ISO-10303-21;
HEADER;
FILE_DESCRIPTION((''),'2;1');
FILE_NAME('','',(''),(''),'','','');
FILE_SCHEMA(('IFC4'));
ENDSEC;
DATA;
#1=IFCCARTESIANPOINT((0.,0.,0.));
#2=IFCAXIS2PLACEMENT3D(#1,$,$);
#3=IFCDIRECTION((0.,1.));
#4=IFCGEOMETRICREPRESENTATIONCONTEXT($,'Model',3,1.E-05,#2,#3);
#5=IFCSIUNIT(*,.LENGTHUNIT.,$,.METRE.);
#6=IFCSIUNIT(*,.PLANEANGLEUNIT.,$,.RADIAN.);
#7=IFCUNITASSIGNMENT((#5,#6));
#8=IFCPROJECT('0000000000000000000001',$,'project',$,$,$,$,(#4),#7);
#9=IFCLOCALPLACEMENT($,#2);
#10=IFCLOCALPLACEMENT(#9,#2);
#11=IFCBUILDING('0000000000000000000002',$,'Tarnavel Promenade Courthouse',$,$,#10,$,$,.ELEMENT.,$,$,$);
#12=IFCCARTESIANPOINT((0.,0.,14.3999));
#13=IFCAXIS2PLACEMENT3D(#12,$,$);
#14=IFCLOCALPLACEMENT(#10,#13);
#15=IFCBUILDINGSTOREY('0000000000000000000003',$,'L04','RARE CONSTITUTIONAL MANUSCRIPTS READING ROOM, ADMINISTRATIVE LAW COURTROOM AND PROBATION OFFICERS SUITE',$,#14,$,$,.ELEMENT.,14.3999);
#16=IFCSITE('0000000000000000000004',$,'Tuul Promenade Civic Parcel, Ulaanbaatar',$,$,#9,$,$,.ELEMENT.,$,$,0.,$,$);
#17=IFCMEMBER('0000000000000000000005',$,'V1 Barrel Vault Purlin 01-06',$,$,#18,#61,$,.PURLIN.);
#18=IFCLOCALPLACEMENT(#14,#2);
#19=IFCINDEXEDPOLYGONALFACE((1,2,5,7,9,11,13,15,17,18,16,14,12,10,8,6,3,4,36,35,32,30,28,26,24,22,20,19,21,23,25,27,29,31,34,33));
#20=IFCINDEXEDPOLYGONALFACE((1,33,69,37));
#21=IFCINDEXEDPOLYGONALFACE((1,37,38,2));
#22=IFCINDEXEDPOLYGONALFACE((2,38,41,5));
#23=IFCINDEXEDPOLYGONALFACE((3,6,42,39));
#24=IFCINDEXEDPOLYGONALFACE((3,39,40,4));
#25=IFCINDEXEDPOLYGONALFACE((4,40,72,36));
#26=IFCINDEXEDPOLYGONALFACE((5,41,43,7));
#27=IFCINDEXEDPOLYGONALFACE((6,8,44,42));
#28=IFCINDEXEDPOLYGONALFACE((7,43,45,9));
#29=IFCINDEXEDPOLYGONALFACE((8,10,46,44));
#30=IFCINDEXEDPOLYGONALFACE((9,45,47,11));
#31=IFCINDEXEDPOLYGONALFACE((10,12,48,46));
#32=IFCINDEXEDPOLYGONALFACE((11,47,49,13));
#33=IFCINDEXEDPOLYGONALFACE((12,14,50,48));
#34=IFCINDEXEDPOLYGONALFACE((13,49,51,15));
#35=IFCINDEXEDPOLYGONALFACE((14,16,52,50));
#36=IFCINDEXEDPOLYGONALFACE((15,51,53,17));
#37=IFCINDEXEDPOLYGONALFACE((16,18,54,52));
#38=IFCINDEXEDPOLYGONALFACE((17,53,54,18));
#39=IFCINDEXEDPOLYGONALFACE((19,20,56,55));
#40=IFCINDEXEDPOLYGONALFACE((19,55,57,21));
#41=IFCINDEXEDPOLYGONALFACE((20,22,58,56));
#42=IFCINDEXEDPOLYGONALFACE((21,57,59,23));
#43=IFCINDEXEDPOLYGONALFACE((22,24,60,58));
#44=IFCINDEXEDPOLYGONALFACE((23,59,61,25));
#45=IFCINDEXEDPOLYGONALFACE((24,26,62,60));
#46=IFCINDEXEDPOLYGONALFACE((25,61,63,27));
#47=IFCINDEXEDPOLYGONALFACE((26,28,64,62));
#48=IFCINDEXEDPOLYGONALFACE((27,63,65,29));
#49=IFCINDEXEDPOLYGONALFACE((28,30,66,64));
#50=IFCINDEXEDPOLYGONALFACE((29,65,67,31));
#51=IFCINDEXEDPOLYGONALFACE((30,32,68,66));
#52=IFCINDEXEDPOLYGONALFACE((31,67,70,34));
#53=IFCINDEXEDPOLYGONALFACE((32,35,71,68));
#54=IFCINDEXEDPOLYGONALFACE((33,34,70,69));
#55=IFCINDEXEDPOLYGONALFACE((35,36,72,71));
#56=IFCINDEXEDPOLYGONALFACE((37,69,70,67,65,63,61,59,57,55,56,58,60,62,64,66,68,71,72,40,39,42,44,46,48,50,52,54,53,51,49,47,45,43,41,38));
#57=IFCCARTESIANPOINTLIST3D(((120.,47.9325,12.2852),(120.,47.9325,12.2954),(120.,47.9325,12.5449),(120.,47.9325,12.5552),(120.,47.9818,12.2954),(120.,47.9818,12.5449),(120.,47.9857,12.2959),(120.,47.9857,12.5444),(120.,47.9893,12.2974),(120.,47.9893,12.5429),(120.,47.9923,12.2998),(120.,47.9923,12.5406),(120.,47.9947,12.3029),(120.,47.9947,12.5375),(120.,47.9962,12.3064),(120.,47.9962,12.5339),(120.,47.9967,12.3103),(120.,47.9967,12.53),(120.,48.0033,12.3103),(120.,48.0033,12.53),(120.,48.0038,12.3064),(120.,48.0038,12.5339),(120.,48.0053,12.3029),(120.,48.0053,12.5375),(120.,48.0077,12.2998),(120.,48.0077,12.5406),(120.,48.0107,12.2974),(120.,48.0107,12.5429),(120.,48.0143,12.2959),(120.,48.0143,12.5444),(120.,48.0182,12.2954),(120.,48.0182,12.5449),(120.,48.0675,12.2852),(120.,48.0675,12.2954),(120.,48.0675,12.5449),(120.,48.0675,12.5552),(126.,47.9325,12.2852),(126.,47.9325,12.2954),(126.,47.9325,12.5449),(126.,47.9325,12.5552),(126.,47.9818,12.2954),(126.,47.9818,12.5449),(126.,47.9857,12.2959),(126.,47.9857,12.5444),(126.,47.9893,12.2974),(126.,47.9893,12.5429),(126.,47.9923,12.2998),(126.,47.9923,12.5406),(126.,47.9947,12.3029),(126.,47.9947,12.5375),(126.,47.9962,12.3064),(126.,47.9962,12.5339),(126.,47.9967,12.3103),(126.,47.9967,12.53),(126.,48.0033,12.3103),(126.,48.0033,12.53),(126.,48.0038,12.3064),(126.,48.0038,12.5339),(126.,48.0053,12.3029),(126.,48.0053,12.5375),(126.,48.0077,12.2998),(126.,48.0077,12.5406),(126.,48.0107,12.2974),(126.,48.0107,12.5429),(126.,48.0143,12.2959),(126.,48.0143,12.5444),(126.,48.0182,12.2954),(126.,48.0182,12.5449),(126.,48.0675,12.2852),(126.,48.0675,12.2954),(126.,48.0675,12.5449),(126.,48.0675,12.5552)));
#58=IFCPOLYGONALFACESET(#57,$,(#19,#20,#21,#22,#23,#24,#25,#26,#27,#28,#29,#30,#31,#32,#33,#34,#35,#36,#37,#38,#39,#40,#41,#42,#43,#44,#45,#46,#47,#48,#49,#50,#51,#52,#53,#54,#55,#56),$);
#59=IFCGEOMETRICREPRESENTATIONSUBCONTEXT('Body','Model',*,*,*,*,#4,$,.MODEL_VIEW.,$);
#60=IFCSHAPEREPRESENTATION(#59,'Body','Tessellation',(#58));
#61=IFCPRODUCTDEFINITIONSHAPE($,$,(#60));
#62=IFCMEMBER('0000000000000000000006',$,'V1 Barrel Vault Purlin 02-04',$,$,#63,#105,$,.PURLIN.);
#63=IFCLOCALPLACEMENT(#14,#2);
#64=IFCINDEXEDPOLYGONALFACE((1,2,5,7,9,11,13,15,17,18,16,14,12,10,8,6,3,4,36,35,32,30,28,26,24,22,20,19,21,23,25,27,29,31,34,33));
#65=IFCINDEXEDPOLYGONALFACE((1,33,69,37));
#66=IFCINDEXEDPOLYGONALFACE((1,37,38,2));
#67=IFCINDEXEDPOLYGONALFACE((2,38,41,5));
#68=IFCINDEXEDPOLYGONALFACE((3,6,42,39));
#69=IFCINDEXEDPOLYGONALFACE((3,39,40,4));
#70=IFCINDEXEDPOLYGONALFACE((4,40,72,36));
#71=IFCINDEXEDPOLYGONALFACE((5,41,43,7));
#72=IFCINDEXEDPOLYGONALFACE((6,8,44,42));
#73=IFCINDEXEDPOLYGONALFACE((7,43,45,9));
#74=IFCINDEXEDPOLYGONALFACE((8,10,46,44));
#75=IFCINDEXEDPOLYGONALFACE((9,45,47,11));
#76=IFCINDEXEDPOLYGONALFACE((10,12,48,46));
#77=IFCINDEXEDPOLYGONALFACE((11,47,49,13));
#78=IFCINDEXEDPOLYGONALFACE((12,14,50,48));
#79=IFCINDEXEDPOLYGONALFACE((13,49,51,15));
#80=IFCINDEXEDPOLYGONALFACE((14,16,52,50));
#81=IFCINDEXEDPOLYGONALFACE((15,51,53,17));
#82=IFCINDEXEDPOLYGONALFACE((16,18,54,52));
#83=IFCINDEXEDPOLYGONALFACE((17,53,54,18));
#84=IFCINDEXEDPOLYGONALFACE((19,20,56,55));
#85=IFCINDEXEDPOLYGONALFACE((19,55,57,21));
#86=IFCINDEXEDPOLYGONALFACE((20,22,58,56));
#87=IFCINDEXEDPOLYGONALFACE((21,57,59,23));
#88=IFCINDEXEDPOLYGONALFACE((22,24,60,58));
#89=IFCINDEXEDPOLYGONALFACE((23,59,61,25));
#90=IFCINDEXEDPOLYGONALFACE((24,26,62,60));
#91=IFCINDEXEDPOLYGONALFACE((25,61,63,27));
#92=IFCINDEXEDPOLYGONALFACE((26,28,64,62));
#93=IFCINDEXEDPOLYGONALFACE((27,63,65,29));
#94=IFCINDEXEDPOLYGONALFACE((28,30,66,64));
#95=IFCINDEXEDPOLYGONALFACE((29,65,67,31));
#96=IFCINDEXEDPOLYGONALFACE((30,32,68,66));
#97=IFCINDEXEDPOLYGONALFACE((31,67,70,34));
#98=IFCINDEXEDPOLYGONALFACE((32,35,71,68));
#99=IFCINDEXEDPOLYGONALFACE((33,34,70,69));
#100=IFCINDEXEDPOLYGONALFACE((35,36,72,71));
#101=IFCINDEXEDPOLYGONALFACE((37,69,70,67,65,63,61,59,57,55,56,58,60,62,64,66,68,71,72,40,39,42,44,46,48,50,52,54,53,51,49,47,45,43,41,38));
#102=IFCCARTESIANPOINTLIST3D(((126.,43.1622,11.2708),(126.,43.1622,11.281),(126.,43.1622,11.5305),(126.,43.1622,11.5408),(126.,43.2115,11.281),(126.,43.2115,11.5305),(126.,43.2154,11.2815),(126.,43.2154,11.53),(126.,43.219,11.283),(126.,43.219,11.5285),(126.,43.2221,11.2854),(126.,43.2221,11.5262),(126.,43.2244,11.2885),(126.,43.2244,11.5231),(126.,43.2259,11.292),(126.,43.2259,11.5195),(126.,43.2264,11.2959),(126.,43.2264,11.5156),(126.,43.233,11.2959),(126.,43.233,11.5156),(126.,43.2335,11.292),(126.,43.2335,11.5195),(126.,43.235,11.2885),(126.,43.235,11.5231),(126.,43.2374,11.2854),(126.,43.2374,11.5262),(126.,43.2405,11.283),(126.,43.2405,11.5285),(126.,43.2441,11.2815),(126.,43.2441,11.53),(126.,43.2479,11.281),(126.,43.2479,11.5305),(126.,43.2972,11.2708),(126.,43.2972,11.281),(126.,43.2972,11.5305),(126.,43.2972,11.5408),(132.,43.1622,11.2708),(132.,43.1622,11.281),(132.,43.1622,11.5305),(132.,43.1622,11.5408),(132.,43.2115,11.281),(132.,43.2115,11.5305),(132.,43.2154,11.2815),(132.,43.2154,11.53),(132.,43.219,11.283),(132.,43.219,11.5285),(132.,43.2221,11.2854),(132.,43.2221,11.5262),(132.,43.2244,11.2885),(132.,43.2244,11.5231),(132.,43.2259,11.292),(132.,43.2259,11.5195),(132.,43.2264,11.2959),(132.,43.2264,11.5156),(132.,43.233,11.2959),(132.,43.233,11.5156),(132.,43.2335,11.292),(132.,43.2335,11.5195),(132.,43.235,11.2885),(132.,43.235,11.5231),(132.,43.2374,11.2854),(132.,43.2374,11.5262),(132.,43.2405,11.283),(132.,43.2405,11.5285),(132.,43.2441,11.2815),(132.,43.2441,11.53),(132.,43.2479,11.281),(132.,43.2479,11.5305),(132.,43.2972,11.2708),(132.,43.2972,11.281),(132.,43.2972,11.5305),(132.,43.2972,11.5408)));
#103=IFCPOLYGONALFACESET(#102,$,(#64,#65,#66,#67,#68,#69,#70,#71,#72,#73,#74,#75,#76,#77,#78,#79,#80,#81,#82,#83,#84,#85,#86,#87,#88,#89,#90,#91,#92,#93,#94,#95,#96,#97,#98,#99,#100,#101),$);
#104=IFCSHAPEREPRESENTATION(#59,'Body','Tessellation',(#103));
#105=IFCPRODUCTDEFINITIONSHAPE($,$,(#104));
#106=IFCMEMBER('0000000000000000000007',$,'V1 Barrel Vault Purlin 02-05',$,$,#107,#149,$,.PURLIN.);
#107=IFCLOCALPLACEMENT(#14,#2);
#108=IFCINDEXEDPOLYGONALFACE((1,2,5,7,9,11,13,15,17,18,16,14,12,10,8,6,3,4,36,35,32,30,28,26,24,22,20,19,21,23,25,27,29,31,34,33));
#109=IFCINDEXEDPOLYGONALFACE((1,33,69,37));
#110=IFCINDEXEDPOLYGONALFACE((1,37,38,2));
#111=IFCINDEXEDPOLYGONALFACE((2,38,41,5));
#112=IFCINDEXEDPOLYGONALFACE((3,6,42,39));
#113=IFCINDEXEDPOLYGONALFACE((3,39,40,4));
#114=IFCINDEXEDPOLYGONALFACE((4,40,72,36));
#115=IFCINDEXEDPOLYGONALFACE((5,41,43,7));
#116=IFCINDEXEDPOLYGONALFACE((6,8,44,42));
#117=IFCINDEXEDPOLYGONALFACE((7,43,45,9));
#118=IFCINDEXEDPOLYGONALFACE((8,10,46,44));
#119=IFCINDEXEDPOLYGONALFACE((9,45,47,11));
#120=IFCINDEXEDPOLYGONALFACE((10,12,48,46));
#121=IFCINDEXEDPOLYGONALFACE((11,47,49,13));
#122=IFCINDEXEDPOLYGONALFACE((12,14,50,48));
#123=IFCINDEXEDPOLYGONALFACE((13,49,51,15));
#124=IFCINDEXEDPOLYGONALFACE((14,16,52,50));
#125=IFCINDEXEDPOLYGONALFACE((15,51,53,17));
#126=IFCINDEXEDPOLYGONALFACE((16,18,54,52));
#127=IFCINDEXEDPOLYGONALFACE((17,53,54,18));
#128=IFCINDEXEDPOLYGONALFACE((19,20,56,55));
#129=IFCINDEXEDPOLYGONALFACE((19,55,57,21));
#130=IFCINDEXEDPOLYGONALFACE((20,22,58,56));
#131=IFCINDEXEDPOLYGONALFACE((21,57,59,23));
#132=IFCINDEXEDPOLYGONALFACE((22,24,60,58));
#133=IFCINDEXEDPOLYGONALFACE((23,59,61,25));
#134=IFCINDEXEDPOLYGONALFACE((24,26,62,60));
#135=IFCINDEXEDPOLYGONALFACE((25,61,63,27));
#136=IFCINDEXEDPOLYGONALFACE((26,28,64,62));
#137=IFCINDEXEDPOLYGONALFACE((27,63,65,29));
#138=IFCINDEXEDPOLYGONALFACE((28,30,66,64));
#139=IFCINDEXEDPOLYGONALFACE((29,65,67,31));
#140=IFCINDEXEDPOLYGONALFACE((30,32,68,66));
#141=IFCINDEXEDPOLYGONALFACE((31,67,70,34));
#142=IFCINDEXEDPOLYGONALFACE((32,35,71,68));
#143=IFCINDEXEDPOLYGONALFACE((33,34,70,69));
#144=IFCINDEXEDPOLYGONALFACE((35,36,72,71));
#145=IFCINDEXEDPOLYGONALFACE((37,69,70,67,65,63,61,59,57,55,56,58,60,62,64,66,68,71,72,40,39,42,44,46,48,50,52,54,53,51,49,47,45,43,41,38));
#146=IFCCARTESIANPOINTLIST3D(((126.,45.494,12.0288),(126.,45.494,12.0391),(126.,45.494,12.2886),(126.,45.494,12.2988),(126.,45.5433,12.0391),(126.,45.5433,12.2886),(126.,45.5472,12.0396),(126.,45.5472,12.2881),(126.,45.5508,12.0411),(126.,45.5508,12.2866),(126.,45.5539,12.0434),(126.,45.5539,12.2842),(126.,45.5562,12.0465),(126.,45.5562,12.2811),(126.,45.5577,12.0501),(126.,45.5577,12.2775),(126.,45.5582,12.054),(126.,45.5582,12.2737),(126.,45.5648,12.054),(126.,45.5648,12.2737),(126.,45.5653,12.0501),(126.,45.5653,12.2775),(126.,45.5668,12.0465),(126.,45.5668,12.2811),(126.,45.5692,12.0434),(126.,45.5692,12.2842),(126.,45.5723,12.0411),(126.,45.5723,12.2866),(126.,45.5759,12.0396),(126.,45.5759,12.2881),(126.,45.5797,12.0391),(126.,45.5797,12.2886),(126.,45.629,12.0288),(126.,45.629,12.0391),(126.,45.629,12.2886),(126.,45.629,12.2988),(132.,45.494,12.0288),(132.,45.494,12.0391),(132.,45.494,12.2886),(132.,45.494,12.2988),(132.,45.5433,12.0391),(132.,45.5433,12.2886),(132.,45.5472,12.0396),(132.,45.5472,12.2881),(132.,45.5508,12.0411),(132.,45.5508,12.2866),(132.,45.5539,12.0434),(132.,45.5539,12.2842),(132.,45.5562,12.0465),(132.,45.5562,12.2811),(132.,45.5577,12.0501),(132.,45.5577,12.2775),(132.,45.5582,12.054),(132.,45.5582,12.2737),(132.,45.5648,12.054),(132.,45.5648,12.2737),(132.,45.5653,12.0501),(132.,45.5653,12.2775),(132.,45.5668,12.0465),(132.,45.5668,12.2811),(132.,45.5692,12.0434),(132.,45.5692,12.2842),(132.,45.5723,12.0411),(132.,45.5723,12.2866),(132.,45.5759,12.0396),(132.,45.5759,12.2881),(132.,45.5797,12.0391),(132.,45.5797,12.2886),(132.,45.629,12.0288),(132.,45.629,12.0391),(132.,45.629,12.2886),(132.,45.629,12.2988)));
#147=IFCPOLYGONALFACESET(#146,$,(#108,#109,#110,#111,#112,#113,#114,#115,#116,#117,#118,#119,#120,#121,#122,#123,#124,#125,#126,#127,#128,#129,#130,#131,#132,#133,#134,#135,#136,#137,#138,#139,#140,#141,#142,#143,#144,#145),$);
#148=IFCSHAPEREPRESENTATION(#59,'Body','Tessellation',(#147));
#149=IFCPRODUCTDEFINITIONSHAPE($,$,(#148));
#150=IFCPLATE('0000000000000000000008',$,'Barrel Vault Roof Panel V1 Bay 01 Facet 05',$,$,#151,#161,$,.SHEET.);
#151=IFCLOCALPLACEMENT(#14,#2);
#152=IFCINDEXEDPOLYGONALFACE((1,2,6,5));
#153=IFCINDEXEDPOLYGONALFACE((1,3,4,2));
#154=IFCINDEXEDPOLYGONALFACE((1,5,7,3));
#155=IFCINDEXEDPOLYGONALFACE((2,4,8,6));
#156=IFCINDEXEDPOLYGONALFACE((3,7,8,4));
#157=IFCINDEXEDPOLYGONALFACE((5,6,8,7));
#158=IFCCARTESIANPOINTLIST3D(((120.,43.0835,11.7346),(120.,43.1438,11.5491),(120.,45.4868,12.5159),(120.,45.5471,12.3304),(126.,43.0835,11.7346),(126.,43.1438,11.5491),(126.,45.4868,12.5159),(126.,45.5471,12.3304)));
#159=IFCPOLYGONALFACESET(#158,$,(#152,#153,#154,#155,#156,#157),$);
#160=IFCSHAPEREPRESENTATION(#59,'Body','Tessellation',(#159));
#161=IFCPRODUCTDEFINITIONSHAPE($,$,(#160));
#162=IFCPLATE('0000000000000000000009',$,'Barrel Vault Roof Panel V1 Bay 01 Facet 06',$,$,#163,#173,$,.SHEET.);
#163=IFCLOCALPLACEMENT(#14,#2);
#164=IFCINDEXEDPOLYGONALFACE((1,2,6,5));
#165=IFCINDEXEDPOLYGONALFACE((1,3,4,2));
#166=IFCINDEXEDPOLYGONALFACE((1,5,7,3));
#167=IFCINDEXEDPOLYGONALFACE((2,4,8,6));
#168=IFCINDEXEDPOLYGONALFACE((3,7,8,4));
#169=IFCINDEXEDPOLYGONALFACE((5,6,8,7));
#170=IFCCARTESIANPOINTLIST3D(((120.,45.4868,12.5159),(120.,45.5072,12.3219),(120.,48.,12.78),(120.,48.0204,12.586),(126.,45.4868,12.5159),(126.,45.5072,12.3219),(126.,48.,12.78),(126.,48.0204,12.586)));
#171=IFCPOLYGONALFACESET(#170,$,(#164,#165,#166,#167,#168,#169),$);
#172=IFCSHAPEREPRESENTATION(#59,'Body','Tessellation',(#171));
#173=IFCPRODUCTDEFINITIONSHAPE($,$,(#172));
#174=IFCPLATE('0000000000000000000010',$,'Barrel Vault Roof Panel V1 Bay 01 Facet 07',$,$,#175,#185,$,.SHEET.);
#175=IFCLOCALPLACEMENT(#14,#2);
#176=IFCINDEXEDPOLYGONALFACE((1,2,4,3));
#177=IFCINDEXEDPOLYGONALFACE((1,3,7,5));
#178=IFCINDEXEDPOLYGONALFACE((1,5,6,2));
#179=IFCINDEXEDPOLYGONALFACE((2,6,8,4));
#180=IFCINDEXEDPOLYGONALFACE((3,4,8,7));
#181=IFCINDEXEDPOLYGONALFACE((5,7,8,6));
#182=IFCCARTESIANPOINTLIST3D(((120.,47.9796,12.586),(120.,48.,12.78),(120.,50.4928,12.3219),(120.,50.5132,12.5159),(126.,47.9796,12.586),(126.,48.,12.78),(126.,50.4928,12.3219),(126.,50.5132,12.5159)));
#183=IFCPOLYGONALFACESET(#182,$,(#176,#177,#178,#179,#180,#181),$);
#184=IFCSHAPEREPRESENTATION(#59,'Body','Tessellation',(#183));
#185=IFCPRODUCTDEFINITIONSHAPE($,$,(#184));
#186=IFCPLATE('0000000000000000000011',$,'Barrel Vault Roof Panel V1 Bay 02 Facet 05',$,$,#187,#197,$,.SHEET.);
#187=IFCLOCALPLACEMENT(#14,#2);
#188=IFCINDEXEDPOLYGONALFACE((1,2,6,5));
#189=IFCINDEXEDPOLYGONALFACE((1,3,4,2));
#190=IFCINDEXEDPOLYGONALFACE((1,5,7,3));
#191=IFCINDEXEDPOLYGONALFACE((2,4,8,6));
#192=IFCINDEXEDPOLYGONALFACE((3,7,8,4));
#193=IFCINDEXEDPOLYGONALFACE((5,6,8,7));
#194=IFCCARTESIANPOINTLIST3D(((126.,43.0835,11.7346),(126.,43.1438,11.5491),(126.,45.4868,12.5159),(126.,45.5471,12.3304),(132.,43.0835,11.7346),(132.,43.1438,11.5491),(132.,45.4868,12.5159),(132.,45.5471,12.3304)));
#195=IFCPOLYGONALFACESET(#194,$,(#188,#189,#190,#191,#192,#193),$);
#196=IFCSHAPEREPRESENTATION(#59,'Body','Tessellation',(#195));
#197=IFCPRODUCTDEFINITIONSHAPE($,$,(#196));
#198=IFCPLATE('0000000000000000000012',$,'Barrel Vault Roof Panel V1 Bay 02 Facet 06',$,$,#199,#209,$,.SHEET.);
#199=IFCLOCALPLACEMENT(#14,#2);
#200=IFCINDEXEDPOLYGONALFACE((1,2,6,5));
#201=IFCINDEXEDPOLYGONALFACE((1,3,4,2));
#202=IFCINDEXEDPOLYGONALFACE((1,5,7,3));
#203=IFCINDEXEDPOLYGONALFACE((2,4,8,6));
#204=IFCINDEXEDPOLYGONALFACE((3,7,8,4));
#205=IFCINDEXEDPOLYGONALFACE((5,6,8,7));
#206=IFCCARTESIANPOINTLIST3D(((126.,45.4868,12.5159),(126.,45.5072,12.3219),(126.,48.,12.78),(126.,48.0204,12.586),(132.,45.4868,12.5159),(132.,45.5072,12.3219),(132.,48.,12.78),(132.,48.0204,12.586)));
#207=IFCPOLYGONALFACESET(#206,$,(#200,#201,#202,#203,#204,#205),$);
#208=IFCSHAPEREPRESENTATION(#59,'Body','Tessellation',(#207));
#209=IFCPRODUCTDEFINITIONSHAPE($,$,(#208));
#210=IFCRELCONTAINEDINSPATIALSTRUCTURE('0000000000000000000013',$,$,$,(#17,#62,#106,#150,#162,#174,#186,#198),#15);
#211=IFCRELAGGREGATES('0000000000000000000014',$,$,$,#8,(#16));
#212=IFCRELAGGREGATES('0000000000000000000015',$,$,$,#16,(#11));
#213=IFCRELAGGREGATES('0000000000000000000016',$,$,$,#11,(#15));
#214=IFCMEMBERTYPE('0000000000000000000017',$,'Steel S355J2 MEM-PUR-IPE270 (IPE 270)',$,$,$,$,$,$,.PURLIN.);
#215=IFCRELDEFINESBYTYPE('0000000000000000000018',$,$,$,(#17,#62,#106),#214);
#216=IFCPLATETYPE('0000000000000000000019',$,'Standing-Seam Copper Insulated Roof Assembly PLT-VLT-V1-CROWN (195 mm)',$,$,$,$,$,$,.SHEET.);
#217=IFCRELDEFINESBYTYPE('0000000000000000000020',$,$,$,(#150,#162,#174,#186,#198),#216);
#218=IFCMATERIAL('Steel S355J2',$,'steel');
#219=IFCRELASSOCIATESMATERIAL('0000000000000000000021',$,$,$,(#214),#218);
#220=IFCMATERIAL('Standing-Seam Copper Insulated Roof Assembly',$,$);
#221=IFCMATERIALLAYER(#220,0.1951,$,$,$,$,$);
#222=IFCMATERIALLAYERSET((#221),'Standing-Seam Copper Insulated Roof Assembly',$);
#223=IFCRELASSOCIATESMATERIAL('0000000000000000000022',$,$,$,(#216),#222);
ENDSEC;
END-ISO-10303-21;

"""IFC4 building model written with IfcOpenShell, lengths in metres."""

from ifc_helpers import new_model, si_unit, direction, frame, origin, origin_2d, place, context, subcontext, project, spatial, polyline, i_section, outline, extrude, material, layer, layer_set, material_profile, profile_set, type_object, element, save


model = new_model("IFC4")

# Units and contexts
model_context = context("Model", 3, precision=1e-05, world=origin(), true_north=direction((0.0, 1.0)))
body_context = subcontext(model_context, "Body", "Model", "MODEL_VIEW")
ifc_project = project(units=[si_unit("LENGTHUNIT", "METRE"), si_unit("PLANEANGLEUNIT", "RADIAN")], contexts=[model_context])

# Site, building, storey
site_placement = place(None, origin())
site = spatial("IfcSite", under=ifc_project, at=site_placement, Name="Tuul Promenade Civic Parcel, Ulaanbaatar", CompositionType="ELEMENT", RefElevation=0.0)
building_placement = place(site_placement, origin())
building = spatial("IfcBuilding", under=site, at=building_placement, Name="Tarnavel Promenade Courthouse", CompositionType="ELEMENT")
storey_placement = place(building_placement, frame((0.0, 0.0, 14.3999)))
storey = spatial("IfcBuildingStorey", under=building, at=storey_placement, Name="L04", Description="RARE CONSTITUTIONAL MANUSCRIPTS READING ROOM, ADMINISTRATIVE LAW COURTROOM AND PROBATION OFFICERS SUITE", CompositionType="ELEMENT", Elevation=14.3999)

# Shared definitions
ifc_material_1 = material(Name="Steel S355J2", Category="steel")

# Members
ifc_material_profile_1 = material_profile(ifc_material_1, i_section(OverallWidth=0.135, OverallDepth=0.27, WebThickness=0.0066, FlangeThickness=0.0103, FilletRadius=0.0149, at=origin_2d()), Name="IPE 270")
ifc_profile_set_1 = profile_set([ifc_material_profile_1], Name="Steel S355J2")
member_type_1 = type_object("IfcMemberType", Name="Steel S355J2 MEM-PUR-IPE270 (IPE 270)", PredefinedType="PURLIN", material=ifc_profile_set_1)
for number, where, z_axis, x_axis, name in (
    (1, (120.0, 48.0, 12.4202), (1.0, 0.0, 0.0), (0.0, 1.0, 0.0), "V1 Barrel Vault Purlin 01-06"),
    (2, (126.0, 43.2297, 11.4058), (1.0, 0.0, 0.0), (0.0, 1.0, 0.0), "V1 Barrel Vault Purlin 02-04"),
    (3, (126.0, 45.5615, 12.1638), (1.0, 0.0, 0.0), (0.0, 1.0, 0.0), "V1 Barrel Vault Purlin 02-05"),
):
    element("IfcMember", number, at=place(storey_placement, frame(where, z_axis=z_axis, x_axis=x_axis)), inside=storey, type_object=member_type_1, Name=name, PredefinedType="PURLIN", context=body_context, shape_type="SweptSolid", body=[
        extrude(i_section(OverallWidth=0.135, OverallDepth=0.27, WebThickness=0.0066, FlangeThickness=0.0103, FilletRadius=0.0149, at=origin_2d()), origin(), (0.0, 0.0, 1.0), 6.0),
    ])

# Plates
ifc_material_2 = material(Name="Standing-Seam Copper Insulated Roof Assembly")
ifc_layer = layer(ifc_material_2, 0.1951)
ifc_layer_set = layer_set([ifc_layer], Name="Standing-Seam Copper Insulated Roof Assembly")
plate_type = type_object("IfcPlateType", Name="Standing-Seam Copper Insulated Roof Assembly PLT-VLT-V1-CROWN (195 mm)", PredefinedType="SHEET", material=ifc_layer_set)
plate_1_placement = place(storey_placement, frame((120.0, 43.0835, 11.7346), z_axis=(0.0, -0.309147, 0.951014), x_axis=(1.0, 0.0, 0.0)))
element("IfcPlate", 4, at=plate_1_placement, inside=storey, type_object=plate_type, Name="Barrel Vault Roof Panel V1 Bay 01 Facet 05", PredefinedType="SHEET", context=body_context, shape_type="SweptSolid", body=[
    extrude(outline(polyline([(0.0, 0.0), (6.0, 0.0), (6.0, 2.5271), (0.0, 2.5271), (0.0, 0.0)])), origin(), (0.0, 0.0, -1.0), 0.1951),
])
for number, where, z_axis, x_axis, name in (
    (5, (120.0, 45.4868, 12.5159), (0.0, -0.104534, 0.994521), (1.0, 0.0, 0.0), "Barrel Vault Roof Panel V1 Bay 01 Facet 06"),
    (6, (120.0, 48.0, 12.78), (0.0, 0.104534, 0.994521), (1.0, 0.0, 0.0), "Barrel Vault Roof Panel V1 Bay 01 Facet 07"),
):
    element("IfcPlate", number, at=place(storey_placement, frame(where, z_axis=z_axis, x_axis=x_axis)), inside=storey, type_object=plate_type, Name=name, PredefinedType="SHEET", context=body_context, shape_type="SweptSolid", body=[
        extrude(outline(polyline([(0.0, 0.0), (6.0, 0.0), (6.0, 2.527), (0.0, 2.527), (0.0, 0.0)])), origin(), (0.0, 0.0, -1.0), 0.1951),
    ])
plate_2_placement = place(storey_placement, frame((126.0, 43.0835, 11.7346), z_axis=(0.0, -0.309147, 0.951014), x_axis=(1.0, 0.0, 0.0)))
element("IfcPlate", 7, at=plate_2_placement, inside=storey, type_object=plate_type, Name="Barrel Vault Roof Panel V1 Bay 02 Facet 05", PredefinedType="SHEET", context=body_context, shape_type="SweptSolid", body=[
    extrude(outline(polyline([(0.0, 0.0), (6.0, 0.0), (6.0, 2.5271), (0.0, 2.5271), (0.0, 0.0)])), origin(), (0.0, 0.0, -1.0), 0.1951),
])
plate_3_placement = place(storey_placement, frame((126.0, 45.4868, 12.5159), z_axis=(0.0, -0.104534, 0.994521), x_axis=(1.0, 0.0, 0.0)))
element("IfcPlate", 8, at=plate_3_placement, inside=storey, type_object=plate_type, Name="Barrel Vault Roof Panel V1 Bay 02 Facet 06", PredefinedType="SHEET", context=body_context, shape_type="SweptSolid", body=[
    extrude(outline(polyline([(0.0, 0.0), (6.0, 0.0), (6.0, 2.527), (0.0, 2.527), (0.0, 0.0)])), origin(), (0.0, 0.0, -1.0), 0.1951),
])

save(model, "model.ifc")
